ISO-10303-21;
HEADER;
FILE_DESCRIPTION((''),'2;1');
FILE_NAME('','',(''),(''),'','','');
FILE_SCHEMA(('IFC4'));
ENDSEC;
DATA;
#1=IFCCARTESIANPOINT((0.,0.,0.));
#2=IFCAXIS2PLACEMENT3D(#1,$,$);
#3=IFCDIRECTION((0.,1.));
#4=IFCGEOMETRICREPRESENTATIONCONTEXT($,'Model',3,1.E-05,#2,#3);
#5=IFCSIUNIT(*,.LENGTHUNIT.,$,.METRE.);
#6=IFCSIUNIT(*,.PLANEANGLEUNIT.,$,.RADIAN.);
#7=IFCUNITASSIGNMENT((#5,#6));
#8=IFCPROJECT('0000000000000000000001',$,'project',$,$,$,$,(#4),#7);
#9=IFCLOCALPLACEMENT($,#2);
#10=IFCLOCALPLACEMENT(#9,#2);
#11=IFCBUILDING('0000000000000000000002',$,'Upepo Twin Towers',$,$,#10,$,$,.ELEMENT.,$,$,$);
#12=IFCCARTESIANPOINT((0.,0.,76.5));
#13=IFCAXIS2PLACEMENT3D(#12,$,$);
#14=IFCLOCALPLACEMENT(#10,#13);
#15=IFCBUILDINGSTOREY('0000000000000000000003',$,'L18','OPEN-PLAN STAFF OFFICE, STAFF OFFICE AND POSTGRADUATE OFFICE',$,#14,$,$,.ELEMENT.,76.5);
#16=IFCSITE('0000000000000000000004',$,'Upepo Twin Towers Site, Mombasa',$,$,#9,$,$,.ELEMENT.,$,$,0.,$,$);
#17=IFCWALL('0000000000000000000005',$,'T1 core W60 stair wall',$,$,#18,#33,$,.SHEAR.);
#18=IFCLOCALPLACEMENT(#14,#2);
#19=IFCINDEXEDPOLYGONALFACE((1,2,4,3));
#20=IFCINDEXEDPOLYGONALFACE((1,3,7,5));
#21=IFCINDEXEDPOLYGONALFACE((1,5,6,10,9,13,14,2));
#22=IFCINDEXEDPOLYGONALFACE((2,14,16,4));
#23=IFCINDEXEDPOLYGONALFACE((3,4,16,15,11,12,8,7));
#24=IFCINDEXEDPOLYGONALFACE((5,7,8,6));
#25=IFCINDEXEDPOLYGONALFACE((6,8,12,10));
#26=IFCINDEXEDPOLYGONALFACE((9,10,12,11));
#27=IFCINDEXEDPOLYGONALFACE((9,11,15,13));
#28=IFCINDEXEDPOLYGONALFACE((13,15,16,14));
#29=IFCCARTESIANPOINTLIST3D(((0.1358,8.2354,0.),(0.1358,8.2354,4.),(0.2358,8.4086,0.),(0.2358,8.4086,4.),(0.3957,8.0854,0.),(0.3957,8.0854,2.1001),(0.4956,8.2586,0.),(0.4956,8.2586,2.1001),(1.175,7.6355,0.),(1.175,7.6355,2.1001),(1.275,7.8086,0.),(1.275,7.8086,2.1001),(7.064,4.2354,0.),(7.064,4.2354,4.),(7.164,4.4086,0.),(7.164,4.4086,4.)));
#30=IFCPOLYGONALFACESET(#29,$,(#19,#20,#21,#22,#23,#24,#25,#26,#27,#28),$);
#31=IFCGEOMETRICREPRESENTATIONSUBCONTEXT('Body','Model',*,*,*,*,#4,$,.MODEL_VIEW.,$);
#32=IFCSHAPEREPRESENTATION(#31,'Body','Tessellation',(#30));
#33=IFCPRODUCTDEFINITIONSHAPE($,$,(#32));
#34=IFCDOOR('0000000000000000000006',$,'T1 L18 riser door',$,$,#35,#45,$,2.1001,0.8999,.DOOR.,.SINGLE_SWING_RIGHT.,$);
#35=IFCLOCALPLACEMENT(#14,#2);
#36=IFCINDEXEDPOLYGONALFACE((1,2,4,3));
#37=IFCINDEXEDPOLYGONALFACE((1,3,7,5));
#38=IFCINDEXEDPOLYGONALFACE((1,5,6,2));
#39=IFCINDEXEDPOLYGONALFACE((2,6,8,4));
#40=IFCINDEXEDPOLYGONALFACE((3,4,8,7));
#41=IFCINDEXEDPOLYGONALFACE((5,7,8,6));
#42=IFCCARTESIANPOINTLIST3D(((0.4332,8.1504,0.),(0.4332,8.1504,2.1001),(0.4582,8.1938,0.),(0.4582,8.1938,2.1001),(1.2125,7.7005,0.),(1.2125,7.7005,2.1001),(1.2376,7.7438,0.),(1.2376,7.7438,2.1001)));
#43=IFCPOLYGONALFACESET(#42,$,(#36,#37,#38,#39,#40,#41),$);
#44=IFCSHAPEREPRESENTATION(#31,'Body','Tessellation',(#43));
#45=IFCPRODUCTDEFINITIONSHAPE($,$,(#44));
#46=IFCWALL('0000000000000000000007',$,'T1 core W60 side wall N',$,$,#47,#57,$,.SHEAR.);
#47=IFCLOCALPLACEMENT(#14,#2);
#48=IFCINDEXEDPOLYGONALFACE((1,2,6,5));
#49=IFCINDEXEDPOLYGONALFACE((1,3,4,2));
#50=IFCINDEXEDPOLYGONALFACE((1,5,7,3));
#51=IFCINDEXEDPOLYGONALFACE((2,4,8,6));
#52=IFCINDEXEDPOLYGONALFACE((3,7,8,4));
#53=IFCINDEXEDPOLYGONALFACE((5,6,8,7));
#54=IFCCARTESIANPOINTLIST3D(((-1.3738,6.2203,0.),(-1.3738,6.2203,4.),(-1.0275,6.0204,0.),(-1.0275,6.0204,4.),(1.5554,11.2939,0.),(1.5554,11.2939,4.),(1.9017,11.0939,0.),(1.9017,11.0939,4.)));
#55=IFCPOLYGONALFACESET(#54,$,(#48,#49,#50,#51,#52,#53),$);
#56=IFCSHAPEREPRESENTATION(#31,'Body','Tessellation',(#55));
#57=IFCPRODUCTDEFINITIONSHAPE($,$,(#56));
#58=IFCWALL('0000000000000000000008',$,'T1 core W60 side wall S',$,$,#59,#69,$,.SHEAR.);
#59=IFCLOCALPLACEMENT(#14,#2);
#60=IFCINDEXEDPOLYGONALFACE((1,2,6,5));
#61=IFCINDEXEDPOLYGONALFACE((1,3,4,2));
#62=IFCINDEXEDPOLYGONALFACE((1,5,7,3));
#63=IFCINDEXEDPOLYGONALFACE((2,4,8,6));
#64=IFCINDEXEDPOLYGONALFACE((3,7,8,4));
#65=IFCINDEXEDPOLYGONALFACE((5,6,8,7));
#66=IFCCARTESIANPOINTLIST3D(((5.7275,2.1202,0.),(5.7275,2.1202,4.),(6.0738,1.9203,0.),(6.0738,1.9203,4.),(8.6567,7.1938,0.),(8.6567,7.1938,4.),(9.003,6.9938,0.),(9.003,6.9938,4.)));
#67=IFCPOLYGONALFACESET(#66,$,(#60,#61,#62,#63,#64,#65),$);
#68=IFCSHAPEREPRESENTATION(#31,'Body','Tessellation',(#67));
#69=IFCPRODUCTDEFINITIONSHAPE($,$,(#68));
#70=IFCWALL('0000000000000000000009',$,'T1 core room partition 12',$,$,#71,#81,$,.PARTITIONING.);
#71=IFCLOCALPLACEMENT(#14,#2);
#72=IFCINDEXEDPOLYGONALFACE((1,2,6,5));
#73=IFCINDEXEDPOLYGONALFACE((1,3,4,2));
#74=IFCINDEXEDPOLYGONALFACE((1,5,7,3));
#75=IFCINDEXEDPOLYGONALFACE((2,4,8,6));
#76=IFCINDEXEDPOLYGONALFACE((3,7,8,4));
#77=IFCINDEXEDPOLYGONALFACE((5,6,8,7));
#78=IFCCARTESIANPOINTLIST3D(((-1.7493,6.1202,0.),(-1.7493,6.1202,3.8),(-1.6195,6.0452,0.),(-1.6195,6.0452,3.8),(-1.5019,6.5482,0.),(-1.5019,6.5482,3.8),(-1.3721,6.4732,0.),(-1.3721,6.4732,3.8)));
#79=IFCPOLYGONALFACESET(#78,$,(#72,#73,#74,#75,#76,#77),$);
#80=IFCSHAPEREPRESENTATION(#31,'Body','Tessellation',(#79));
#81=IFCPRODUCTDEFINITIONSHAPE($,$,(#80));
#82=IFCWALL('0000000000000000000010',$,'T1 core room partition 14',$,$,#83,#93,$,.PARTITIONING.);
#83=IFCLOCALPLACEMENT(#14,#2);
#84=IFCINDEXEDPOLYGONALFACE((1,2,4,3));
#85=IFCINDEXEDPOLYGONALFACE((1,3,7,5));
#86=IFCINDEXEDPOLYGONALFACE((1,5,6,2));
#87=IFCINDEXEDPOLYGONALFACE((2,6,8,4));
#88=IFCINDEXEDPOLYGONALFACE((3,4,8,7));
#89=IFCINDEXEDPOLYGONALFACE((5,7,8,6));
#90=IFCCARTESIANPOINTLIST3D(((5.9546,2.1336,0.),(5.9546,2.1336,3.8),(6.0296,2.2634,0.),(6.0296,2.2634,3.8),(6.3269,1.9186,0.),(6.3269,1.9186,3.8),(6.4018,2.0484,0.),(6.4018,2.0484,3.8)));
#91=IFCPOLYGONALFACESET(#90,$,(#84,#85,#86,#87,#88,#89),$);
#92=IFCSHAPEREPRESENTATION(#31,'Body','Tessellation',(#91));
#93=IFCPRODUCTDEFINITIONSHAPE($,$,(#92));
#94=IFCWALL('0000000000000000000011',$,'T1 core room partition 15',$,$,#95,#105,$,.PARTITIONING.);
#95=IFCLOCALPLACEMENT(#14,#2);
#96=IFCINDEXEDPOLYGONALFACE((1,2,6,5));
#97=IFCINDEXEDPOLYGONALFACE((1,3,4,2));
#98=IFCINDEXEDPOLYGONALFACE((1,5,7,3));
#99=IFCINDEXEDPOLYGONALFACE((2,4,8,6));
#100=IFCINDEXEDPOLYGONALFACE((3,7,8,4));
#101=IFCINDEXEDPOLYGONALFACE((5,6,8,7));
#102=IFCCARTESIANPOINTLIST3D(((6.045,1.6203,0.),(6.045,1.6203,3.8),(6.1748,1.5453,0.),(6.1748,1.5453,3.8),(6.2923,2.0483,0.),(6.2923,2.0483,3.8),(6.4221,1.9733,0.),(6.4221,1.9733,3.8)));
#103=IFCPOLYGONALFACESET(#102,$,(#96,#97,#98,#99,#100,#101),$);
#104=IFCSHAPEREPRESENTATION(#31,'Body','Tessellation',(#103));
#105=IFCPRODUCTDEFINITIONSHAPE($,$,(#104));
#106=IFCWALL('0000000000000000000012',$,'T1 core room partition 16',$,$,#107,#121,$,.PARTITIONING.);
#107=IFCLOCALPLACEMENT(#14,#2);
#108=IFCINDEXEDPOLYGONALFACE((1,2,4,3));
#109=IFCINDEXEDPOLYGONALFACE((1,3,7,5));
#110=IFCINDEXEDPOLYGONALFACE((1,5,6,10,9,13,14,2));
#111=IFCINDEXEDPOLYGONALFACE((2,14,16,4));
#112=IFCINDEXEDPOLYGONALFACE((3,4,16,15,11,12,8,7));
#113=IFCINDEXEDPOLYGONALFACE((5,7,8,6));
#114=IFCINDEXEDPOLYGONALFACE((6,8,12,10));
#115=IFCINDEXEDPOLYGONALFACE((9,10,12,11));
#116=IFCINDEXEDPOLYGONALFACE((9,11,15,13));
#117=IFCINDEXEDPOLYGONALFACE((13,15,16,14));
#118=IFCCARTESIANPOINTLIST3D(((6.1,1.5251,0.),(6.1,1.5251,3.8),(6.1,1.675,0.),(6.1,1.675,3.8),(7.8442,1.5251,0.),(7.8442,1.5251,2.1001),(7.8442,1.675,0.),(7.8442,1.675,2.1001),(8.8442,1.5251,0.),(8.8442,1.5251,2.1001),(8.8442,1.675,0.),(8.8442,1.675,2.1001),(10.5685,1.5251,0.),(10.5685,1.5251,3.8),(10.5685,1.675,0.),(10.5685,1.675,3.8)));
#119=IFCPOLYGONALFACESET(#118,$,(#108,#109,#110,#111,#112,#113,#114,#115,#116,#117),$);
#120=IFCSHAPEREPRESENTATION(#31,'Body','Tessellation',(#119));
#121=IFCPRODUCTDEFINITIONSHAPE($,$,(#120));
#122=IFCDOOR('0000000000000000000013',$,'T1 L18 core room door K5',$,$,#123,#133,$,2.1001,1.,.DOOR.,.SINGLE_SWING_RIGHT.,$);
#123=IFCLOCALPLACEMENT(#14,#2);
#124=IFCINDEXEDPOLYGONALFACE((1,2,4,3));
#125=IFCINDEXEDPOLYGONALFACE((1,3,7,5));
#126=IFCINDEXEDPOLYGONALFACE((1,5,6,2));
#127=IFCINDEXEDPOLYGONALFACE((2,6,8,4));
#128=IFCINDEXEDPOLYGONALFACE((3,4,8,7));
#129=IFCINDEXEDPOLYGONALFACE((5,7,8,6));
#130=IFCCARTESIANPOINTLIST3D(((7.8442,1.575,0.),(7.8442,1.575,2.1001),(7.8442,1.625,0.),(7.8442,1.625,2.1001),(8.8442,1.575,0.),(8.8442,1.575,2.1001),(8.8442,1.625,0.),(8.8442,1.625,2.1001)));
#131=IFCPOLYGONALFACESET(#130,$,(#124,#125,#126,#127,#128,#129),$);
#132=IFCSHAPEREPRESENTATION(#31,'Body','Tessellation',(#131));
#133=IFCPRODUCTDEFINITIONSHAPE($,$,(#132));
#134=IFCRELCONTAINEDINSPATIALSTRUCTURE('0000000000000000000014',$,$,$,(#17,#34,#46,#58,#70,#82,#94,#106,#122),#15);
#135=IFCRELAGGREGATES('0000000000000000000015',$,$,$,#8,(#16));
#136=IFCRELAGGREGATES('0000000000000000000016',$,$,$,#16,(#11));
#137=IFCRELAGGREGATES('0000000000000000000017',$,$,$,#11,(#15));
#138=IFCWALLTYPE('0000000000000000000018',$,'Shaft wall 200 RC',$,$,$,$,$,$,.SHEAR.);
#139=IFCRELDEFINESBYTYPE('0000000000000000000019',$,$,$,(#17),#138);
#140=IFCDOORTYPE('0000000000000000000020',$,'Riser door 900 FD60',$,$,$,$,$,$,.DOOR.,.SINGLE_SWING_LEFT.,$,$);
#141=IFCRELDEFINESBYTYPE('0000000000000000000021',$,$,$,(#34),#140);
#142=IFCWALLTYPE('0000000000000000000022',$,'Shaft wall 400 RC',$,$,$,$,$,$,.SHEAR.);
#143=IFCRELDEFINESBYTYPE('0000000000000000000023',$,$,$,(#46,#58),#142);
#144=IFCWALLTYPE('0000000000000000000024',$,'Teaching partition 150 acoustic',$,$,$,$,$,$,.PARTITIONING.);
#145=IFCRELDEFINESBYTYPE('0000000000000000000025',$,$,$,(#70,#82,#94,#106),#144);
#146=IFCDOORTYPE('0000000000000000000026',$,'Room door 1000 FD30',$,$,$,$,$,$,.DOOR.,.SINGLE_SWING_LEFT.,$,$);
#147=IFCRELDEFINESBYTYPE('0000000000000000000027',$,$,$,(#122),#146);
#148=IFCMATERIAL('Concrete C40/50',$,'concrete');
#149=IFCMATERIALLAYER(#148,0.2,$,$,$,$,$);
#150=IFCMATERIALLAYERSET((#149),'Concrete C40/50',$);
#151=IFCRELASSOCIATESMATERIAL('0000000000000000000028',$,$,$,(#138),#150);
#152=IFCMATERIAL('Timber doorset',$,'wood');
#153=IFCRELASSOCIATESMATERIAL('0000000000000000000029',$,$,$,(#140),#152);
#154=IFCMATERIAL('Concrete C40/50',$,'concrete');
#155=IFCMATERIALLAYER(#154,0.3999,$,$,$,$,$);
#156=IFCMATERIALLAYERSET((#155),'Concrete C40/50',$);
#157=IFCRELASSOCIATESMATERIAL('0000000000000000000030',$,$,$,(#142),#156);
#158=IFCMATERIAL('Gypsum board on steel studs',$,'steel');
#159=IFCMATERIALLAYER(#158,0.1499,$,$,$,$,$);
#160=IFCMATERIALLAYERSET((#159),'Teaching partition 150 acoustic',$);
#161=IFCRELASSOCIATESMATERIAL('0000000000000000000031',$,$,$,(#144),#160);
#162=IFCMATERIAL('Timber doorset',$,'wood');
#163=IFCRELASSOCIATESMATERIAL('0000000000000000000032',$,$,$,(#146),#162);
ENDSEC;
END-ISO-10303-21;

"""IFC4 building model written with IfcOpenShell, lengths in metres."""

from ifc_helpers import new_model, si_unit, direction, frame, frame_2d, origin, place, context, subcontext, project, spatial, rectangle, extrude, material, layer, layer_set, type_object, element, fill, save


model = new_model("IFC4")

# Units and contexts
model_context = context("Model", 3, precision=1e-05, world=origin(), true_north=direction((0.0, 1.0)))
body_context = subcontext(model_context, "Body", "Model", "MODEL_VIEW")
ifc_project = project(units=[si_unit("LENGTHUNIT", "METRE"), si_unit("PLANEANGLEUNIT", "RADIAN")], contexts=[model_context])

# Site, building, storey
site_placement = place(None, origin())
site = spatial("IfcSite", under=ifc_project, at=site_placement, Name="Upepo Twin Towers Site, Mombasa", CompositionType="ELEMENT", RefElevation=0.0)
building_placement = place(site_placement, origin())
building = spatial("IfcBuilding", under=site, at=building_placement, Name="Upepo Twin Towers", CompositionType="ELEMENT")
storey_placement = place(building_placement, frame((0.0, 0.0, 76.5)))
storey = spatial("IfcBuildingStorey", under=building, at=storey_placement, Name="L18", Description="OPEN-PLAN STAFF OFFICE, STAFF OFFICE AND POSTGRADUATE OFFICE", CompositionType="ELEMENT", Elevation=76.5)

# Shared definitions
ifc_material_1 = material(Name="Concrete C40/50", Category="concrete")
ifc_layer_1 = layer(ifc_material_1, 0.2)
ifc_layer_set_1 = layer_set([ifc_layer_1], Name="Concrete C40/50")
wall_type_1 = type_object("IfcWallType", Name="Shaft wall 200 RC", PredefinedType="SHEAR", material=ifc_layer_set_1)

# Wall, opening, door
wall_1_placement = place(storey_placement, frame((7.114, 4.322, 0.0), z_axis=(0.0, 0.0, 1.0), x_axis=(-0.866026, 0.499999, 0.0)))
wall_1 = element("IfcWall", 1, at=wall_1_placement, inside=storey, type_object=wall_type_1, Name="T1 core W60 stair wall", PredefinedType="SHEAR", context=body_context, shape_type="SweptSolid", body=[
    extrude(rectangle(XDim=8.0, YDim=0.2, at=frame_2d((4.0, 0.0))), origin(), (0.0, 0.0, 1.0), 4.0),
])
opening_1_placement = place(wall_1_placement, frame((6.8, 0.0, 0.0)))
opening_1 = element("IfcOpeningElement", 2, at=opening_1_placement, cuts=wall_1, PredefinedType="OPENING", context=body_context, shape_type="SweptSolid", body=[
    extrude(rectangle(XDim=0.8999, YDim=2.1001, at=frame_2d((0.45, 1.05))), frame((0.0, 0.1099, 0.0), z_axis=(0.0, -1.0, 0.0), x_axis=(1.0, 0.0, 0.0)), (0.0, 0.0, 1.0), 0.22),
])
ifc_material_2 = material(Name="Timber doorset", Category="wood")
door_type_1 = type_object("IfcDoorType", Name="Riser door 900 FD60", OperationType="SINGLE_SWING_LEFT", PredefinedType="DOOR", material=ifc_material_2)
door_1_placement = place(opening_1_placement, origin())
door_1 = element("IfcDoor", 3, at=door_1_placement, inside=storey, type_object=door_type_1, Name="T1 L18 riser door", OperationType="SINGLE_SWING_RIGHT", OverallHeight=2.1001, OverallWidth=0.8999, PredefinedType="DOOR", context=body_context, shape_type="SweptSolid", body=[
    extrude(rectangle(XDim=0.8999, YDim=2.1001, at=frame_2d((0.45, 1.05))), frame((0.0, 0.0249, 0.0), z_axis=(0.0, -1.0, 0.0), x_axis=(1.0, 0.0, 0.0)), (0.0, 0.0, 1.0), 0.05),
])
fill(opening_1, door_1)

# Walls
ifc_material_3 = material(Name="Concrete C40/50", Category="concrete")
ifc_layer_2 = layer(ifc_material_3, 0.3999)
ifc_layer_set_2 = layer_set([ifc_layer_2], Name="Concrete C40/50")
wall_type_2 = type_object("IfcWallType", Name="Shaft wall 400 RC", PredefinedType="SHEAR", material=ifc_layer_set_2)
for number, where, z_axis, x_axis, name in (
    (4, (-1.2007, 6.1204, 0.0), (0.0, 0.0, 1.0), (0.500003, 0.866024, 0.0), "T1 core W60 side wall N"),
    (5, (5.9006, 2.0203, 0.0), (0.0, 0.0, 1.0), (0.500003, 0.866024, 0.0), "T1 core W60 side wall S"),
):
    element("IfcWall", number, at=place(storey_placement, frame(where, z_axis=z_axis, x_axis=x_axis)), inside=storey, type_object=wall_type_2, Name=name, PredefinedType="SHEAR", context=body_context, shape_type="SweptSolid", body=[
        extrude(rectangle(XDim=5.8584, YDim=0.3999, at=frame_2d((2.9292, 0.0))), origin(), (0.0, 0.0, 1.0), 4.0),
    ])
ifc_material_4 = material(Name="Gypsum board on steel studs", Category="steel")
ifc_layer_3 = layer(ifc_material_4, 0.1499)
ifc_layer_set_3 = layer_set([ifc_layer_3], Name="Teaching partition 150 acoustic")
wall_type_3 = type_object("IfcWallType", Name="Teaching partition 150 acoustic", PredefinedType="PARTITIONING", material=ifc_layer_set_3)
wall_2_placement = place(storey_placement, frame((-1.6843, 6.0828, 0.0), z_axis=(0.0, 0.0, 1.0), x_axis=(0.500335, 0.865832, 0.0)))
element("IfcWall", 6, at=wall_2_placement, inside=storey, type_object=wall_type_3, Name="T1 core room partition 12", PredefinedType="PARTITIONING", context=body_context, shape_type="SweptSolid", body=[
    extrude(rectangle(XDim=0.4944, YDim=0.1499, at=frame_2d((0.2471, 0.0))), origin(), (0.0, 0.0, 1.0), 3.8),
])
wall_3_placement = place(storey_placement, frame((5.9922, 2.1985, 0.0), z_axis=(0.0, 0.0, 1.0), x_axis=(0.865892, -0.50023, 0.0)))
element("IfcWall", 7, at=wall_3_placement, inside=storey, type_object=wall_type_3, Name="T1 core room partition 14", PredefinedType="PARTITIONING", context=body_context, shape_type="SweptSolid", body=[
    extrude(rectangle(XDim=0.4299, YDim=0.1499, at=frame_2d((0.2148, 0.0))), origin(), (0.0, 0.0, 1.0), 3.8),
])
wall_4_placement = place(storey_placement, frame((6.3572, 2.0107, 0.0), z_axis=(0.0, 0.0, 1.0), x_axis=(-0.500335, -0.865832, 0.0)))
element("IfcWall", 8, at=wall_4_placement, inside=storey, type_object=wall_type_3, Name="T1 core room partition 15", PredefinedType="PARTITIONING", context=body_context, shape_type="SweptSolid", body=[
    extrude(rectangle(XDim=0.4944, YDim=0.1499, at=frame_2d((0.2471, 0.0))), origin(), (0.0, 0.0, 1.0), 3.8),
])

# Wall, opening, door
wall_5_placement = place(storey_placement, frame((6.0999, 1.6001, 0.0), z_axis=(0.0, 0.0, 1.0), x_axis=(1.0, 0.0, 0.0)))
wall_5 = element("IfcWall", 9, at=wall_5_placement, inside=storey, type_object=wall_type_3, Name="T1 core room partition 16", PredefinedType="PARTITIONING", context=body_context, shape_type="SweptSolid", body=[
    extrude(rectangle(XDim=4.4685, YDim=0.1499, at=frame_2d((2.2344, 0.0))), origin(), (0.0, 0.0, 1.0), 3.8),
])
opening_2_placement = place(wall_5_placement, frame((1.7444, 0.0, 0.0)))
opening_2 = element("IfcOpeningElement", 10, at=opening_2_placement, cuts=wall_5, PredefinedType="OPENING", context=body_context, shape_type="SweptSolid", body=[
    extrude(rectangle(XDim=1.0, YDim=2.1001, at=frame_2d((0.5, 1.05))), frame((0.0, 0.085, 0.0), z_axis=(0.0, -1.0, 0.0), x_axis=(1.0, 0.0, 0.0)), (0.0, 0.0, 1.0), 0.1699),
])
ifc_material_5 = material(Name="Timber doorset", Category="wood")
door_type_2 = type_object("IfcDoorType", Name="Room door 1000 FD30", OperationType="SINGLE_SWING_LEFT", PredefinedType="DOOR", material=ifc_material_5)
door_2_placement = place(opening_2_placement, origin())
door_2 = element("IfcDoor", 11, at=door_2_placement, inside=storey, type_object=door_type_2, Name="T1 L18 core room door K5", OperationType="SINGLE_SWING_RIGHT", OverallHeight=2.1001, OverallWidth=1.0, PredefinedType="DOOR", context=body_context, shape_type="SweptSolid", body=[
    extrude(rectangle(XDim=1.0, YDim=2.1001, at=frame_2d((0.5, 1.05))), frame((0.0, 0.0249, 0.0), z_axis=(0.0, -1.0, 0.0), x_axis=(1.0, 0.0, 0.0)), (0.0, 0.0, 1.0), 0.05),
])
fill(opening_2, door_2)

save(model, "model.ifc")
